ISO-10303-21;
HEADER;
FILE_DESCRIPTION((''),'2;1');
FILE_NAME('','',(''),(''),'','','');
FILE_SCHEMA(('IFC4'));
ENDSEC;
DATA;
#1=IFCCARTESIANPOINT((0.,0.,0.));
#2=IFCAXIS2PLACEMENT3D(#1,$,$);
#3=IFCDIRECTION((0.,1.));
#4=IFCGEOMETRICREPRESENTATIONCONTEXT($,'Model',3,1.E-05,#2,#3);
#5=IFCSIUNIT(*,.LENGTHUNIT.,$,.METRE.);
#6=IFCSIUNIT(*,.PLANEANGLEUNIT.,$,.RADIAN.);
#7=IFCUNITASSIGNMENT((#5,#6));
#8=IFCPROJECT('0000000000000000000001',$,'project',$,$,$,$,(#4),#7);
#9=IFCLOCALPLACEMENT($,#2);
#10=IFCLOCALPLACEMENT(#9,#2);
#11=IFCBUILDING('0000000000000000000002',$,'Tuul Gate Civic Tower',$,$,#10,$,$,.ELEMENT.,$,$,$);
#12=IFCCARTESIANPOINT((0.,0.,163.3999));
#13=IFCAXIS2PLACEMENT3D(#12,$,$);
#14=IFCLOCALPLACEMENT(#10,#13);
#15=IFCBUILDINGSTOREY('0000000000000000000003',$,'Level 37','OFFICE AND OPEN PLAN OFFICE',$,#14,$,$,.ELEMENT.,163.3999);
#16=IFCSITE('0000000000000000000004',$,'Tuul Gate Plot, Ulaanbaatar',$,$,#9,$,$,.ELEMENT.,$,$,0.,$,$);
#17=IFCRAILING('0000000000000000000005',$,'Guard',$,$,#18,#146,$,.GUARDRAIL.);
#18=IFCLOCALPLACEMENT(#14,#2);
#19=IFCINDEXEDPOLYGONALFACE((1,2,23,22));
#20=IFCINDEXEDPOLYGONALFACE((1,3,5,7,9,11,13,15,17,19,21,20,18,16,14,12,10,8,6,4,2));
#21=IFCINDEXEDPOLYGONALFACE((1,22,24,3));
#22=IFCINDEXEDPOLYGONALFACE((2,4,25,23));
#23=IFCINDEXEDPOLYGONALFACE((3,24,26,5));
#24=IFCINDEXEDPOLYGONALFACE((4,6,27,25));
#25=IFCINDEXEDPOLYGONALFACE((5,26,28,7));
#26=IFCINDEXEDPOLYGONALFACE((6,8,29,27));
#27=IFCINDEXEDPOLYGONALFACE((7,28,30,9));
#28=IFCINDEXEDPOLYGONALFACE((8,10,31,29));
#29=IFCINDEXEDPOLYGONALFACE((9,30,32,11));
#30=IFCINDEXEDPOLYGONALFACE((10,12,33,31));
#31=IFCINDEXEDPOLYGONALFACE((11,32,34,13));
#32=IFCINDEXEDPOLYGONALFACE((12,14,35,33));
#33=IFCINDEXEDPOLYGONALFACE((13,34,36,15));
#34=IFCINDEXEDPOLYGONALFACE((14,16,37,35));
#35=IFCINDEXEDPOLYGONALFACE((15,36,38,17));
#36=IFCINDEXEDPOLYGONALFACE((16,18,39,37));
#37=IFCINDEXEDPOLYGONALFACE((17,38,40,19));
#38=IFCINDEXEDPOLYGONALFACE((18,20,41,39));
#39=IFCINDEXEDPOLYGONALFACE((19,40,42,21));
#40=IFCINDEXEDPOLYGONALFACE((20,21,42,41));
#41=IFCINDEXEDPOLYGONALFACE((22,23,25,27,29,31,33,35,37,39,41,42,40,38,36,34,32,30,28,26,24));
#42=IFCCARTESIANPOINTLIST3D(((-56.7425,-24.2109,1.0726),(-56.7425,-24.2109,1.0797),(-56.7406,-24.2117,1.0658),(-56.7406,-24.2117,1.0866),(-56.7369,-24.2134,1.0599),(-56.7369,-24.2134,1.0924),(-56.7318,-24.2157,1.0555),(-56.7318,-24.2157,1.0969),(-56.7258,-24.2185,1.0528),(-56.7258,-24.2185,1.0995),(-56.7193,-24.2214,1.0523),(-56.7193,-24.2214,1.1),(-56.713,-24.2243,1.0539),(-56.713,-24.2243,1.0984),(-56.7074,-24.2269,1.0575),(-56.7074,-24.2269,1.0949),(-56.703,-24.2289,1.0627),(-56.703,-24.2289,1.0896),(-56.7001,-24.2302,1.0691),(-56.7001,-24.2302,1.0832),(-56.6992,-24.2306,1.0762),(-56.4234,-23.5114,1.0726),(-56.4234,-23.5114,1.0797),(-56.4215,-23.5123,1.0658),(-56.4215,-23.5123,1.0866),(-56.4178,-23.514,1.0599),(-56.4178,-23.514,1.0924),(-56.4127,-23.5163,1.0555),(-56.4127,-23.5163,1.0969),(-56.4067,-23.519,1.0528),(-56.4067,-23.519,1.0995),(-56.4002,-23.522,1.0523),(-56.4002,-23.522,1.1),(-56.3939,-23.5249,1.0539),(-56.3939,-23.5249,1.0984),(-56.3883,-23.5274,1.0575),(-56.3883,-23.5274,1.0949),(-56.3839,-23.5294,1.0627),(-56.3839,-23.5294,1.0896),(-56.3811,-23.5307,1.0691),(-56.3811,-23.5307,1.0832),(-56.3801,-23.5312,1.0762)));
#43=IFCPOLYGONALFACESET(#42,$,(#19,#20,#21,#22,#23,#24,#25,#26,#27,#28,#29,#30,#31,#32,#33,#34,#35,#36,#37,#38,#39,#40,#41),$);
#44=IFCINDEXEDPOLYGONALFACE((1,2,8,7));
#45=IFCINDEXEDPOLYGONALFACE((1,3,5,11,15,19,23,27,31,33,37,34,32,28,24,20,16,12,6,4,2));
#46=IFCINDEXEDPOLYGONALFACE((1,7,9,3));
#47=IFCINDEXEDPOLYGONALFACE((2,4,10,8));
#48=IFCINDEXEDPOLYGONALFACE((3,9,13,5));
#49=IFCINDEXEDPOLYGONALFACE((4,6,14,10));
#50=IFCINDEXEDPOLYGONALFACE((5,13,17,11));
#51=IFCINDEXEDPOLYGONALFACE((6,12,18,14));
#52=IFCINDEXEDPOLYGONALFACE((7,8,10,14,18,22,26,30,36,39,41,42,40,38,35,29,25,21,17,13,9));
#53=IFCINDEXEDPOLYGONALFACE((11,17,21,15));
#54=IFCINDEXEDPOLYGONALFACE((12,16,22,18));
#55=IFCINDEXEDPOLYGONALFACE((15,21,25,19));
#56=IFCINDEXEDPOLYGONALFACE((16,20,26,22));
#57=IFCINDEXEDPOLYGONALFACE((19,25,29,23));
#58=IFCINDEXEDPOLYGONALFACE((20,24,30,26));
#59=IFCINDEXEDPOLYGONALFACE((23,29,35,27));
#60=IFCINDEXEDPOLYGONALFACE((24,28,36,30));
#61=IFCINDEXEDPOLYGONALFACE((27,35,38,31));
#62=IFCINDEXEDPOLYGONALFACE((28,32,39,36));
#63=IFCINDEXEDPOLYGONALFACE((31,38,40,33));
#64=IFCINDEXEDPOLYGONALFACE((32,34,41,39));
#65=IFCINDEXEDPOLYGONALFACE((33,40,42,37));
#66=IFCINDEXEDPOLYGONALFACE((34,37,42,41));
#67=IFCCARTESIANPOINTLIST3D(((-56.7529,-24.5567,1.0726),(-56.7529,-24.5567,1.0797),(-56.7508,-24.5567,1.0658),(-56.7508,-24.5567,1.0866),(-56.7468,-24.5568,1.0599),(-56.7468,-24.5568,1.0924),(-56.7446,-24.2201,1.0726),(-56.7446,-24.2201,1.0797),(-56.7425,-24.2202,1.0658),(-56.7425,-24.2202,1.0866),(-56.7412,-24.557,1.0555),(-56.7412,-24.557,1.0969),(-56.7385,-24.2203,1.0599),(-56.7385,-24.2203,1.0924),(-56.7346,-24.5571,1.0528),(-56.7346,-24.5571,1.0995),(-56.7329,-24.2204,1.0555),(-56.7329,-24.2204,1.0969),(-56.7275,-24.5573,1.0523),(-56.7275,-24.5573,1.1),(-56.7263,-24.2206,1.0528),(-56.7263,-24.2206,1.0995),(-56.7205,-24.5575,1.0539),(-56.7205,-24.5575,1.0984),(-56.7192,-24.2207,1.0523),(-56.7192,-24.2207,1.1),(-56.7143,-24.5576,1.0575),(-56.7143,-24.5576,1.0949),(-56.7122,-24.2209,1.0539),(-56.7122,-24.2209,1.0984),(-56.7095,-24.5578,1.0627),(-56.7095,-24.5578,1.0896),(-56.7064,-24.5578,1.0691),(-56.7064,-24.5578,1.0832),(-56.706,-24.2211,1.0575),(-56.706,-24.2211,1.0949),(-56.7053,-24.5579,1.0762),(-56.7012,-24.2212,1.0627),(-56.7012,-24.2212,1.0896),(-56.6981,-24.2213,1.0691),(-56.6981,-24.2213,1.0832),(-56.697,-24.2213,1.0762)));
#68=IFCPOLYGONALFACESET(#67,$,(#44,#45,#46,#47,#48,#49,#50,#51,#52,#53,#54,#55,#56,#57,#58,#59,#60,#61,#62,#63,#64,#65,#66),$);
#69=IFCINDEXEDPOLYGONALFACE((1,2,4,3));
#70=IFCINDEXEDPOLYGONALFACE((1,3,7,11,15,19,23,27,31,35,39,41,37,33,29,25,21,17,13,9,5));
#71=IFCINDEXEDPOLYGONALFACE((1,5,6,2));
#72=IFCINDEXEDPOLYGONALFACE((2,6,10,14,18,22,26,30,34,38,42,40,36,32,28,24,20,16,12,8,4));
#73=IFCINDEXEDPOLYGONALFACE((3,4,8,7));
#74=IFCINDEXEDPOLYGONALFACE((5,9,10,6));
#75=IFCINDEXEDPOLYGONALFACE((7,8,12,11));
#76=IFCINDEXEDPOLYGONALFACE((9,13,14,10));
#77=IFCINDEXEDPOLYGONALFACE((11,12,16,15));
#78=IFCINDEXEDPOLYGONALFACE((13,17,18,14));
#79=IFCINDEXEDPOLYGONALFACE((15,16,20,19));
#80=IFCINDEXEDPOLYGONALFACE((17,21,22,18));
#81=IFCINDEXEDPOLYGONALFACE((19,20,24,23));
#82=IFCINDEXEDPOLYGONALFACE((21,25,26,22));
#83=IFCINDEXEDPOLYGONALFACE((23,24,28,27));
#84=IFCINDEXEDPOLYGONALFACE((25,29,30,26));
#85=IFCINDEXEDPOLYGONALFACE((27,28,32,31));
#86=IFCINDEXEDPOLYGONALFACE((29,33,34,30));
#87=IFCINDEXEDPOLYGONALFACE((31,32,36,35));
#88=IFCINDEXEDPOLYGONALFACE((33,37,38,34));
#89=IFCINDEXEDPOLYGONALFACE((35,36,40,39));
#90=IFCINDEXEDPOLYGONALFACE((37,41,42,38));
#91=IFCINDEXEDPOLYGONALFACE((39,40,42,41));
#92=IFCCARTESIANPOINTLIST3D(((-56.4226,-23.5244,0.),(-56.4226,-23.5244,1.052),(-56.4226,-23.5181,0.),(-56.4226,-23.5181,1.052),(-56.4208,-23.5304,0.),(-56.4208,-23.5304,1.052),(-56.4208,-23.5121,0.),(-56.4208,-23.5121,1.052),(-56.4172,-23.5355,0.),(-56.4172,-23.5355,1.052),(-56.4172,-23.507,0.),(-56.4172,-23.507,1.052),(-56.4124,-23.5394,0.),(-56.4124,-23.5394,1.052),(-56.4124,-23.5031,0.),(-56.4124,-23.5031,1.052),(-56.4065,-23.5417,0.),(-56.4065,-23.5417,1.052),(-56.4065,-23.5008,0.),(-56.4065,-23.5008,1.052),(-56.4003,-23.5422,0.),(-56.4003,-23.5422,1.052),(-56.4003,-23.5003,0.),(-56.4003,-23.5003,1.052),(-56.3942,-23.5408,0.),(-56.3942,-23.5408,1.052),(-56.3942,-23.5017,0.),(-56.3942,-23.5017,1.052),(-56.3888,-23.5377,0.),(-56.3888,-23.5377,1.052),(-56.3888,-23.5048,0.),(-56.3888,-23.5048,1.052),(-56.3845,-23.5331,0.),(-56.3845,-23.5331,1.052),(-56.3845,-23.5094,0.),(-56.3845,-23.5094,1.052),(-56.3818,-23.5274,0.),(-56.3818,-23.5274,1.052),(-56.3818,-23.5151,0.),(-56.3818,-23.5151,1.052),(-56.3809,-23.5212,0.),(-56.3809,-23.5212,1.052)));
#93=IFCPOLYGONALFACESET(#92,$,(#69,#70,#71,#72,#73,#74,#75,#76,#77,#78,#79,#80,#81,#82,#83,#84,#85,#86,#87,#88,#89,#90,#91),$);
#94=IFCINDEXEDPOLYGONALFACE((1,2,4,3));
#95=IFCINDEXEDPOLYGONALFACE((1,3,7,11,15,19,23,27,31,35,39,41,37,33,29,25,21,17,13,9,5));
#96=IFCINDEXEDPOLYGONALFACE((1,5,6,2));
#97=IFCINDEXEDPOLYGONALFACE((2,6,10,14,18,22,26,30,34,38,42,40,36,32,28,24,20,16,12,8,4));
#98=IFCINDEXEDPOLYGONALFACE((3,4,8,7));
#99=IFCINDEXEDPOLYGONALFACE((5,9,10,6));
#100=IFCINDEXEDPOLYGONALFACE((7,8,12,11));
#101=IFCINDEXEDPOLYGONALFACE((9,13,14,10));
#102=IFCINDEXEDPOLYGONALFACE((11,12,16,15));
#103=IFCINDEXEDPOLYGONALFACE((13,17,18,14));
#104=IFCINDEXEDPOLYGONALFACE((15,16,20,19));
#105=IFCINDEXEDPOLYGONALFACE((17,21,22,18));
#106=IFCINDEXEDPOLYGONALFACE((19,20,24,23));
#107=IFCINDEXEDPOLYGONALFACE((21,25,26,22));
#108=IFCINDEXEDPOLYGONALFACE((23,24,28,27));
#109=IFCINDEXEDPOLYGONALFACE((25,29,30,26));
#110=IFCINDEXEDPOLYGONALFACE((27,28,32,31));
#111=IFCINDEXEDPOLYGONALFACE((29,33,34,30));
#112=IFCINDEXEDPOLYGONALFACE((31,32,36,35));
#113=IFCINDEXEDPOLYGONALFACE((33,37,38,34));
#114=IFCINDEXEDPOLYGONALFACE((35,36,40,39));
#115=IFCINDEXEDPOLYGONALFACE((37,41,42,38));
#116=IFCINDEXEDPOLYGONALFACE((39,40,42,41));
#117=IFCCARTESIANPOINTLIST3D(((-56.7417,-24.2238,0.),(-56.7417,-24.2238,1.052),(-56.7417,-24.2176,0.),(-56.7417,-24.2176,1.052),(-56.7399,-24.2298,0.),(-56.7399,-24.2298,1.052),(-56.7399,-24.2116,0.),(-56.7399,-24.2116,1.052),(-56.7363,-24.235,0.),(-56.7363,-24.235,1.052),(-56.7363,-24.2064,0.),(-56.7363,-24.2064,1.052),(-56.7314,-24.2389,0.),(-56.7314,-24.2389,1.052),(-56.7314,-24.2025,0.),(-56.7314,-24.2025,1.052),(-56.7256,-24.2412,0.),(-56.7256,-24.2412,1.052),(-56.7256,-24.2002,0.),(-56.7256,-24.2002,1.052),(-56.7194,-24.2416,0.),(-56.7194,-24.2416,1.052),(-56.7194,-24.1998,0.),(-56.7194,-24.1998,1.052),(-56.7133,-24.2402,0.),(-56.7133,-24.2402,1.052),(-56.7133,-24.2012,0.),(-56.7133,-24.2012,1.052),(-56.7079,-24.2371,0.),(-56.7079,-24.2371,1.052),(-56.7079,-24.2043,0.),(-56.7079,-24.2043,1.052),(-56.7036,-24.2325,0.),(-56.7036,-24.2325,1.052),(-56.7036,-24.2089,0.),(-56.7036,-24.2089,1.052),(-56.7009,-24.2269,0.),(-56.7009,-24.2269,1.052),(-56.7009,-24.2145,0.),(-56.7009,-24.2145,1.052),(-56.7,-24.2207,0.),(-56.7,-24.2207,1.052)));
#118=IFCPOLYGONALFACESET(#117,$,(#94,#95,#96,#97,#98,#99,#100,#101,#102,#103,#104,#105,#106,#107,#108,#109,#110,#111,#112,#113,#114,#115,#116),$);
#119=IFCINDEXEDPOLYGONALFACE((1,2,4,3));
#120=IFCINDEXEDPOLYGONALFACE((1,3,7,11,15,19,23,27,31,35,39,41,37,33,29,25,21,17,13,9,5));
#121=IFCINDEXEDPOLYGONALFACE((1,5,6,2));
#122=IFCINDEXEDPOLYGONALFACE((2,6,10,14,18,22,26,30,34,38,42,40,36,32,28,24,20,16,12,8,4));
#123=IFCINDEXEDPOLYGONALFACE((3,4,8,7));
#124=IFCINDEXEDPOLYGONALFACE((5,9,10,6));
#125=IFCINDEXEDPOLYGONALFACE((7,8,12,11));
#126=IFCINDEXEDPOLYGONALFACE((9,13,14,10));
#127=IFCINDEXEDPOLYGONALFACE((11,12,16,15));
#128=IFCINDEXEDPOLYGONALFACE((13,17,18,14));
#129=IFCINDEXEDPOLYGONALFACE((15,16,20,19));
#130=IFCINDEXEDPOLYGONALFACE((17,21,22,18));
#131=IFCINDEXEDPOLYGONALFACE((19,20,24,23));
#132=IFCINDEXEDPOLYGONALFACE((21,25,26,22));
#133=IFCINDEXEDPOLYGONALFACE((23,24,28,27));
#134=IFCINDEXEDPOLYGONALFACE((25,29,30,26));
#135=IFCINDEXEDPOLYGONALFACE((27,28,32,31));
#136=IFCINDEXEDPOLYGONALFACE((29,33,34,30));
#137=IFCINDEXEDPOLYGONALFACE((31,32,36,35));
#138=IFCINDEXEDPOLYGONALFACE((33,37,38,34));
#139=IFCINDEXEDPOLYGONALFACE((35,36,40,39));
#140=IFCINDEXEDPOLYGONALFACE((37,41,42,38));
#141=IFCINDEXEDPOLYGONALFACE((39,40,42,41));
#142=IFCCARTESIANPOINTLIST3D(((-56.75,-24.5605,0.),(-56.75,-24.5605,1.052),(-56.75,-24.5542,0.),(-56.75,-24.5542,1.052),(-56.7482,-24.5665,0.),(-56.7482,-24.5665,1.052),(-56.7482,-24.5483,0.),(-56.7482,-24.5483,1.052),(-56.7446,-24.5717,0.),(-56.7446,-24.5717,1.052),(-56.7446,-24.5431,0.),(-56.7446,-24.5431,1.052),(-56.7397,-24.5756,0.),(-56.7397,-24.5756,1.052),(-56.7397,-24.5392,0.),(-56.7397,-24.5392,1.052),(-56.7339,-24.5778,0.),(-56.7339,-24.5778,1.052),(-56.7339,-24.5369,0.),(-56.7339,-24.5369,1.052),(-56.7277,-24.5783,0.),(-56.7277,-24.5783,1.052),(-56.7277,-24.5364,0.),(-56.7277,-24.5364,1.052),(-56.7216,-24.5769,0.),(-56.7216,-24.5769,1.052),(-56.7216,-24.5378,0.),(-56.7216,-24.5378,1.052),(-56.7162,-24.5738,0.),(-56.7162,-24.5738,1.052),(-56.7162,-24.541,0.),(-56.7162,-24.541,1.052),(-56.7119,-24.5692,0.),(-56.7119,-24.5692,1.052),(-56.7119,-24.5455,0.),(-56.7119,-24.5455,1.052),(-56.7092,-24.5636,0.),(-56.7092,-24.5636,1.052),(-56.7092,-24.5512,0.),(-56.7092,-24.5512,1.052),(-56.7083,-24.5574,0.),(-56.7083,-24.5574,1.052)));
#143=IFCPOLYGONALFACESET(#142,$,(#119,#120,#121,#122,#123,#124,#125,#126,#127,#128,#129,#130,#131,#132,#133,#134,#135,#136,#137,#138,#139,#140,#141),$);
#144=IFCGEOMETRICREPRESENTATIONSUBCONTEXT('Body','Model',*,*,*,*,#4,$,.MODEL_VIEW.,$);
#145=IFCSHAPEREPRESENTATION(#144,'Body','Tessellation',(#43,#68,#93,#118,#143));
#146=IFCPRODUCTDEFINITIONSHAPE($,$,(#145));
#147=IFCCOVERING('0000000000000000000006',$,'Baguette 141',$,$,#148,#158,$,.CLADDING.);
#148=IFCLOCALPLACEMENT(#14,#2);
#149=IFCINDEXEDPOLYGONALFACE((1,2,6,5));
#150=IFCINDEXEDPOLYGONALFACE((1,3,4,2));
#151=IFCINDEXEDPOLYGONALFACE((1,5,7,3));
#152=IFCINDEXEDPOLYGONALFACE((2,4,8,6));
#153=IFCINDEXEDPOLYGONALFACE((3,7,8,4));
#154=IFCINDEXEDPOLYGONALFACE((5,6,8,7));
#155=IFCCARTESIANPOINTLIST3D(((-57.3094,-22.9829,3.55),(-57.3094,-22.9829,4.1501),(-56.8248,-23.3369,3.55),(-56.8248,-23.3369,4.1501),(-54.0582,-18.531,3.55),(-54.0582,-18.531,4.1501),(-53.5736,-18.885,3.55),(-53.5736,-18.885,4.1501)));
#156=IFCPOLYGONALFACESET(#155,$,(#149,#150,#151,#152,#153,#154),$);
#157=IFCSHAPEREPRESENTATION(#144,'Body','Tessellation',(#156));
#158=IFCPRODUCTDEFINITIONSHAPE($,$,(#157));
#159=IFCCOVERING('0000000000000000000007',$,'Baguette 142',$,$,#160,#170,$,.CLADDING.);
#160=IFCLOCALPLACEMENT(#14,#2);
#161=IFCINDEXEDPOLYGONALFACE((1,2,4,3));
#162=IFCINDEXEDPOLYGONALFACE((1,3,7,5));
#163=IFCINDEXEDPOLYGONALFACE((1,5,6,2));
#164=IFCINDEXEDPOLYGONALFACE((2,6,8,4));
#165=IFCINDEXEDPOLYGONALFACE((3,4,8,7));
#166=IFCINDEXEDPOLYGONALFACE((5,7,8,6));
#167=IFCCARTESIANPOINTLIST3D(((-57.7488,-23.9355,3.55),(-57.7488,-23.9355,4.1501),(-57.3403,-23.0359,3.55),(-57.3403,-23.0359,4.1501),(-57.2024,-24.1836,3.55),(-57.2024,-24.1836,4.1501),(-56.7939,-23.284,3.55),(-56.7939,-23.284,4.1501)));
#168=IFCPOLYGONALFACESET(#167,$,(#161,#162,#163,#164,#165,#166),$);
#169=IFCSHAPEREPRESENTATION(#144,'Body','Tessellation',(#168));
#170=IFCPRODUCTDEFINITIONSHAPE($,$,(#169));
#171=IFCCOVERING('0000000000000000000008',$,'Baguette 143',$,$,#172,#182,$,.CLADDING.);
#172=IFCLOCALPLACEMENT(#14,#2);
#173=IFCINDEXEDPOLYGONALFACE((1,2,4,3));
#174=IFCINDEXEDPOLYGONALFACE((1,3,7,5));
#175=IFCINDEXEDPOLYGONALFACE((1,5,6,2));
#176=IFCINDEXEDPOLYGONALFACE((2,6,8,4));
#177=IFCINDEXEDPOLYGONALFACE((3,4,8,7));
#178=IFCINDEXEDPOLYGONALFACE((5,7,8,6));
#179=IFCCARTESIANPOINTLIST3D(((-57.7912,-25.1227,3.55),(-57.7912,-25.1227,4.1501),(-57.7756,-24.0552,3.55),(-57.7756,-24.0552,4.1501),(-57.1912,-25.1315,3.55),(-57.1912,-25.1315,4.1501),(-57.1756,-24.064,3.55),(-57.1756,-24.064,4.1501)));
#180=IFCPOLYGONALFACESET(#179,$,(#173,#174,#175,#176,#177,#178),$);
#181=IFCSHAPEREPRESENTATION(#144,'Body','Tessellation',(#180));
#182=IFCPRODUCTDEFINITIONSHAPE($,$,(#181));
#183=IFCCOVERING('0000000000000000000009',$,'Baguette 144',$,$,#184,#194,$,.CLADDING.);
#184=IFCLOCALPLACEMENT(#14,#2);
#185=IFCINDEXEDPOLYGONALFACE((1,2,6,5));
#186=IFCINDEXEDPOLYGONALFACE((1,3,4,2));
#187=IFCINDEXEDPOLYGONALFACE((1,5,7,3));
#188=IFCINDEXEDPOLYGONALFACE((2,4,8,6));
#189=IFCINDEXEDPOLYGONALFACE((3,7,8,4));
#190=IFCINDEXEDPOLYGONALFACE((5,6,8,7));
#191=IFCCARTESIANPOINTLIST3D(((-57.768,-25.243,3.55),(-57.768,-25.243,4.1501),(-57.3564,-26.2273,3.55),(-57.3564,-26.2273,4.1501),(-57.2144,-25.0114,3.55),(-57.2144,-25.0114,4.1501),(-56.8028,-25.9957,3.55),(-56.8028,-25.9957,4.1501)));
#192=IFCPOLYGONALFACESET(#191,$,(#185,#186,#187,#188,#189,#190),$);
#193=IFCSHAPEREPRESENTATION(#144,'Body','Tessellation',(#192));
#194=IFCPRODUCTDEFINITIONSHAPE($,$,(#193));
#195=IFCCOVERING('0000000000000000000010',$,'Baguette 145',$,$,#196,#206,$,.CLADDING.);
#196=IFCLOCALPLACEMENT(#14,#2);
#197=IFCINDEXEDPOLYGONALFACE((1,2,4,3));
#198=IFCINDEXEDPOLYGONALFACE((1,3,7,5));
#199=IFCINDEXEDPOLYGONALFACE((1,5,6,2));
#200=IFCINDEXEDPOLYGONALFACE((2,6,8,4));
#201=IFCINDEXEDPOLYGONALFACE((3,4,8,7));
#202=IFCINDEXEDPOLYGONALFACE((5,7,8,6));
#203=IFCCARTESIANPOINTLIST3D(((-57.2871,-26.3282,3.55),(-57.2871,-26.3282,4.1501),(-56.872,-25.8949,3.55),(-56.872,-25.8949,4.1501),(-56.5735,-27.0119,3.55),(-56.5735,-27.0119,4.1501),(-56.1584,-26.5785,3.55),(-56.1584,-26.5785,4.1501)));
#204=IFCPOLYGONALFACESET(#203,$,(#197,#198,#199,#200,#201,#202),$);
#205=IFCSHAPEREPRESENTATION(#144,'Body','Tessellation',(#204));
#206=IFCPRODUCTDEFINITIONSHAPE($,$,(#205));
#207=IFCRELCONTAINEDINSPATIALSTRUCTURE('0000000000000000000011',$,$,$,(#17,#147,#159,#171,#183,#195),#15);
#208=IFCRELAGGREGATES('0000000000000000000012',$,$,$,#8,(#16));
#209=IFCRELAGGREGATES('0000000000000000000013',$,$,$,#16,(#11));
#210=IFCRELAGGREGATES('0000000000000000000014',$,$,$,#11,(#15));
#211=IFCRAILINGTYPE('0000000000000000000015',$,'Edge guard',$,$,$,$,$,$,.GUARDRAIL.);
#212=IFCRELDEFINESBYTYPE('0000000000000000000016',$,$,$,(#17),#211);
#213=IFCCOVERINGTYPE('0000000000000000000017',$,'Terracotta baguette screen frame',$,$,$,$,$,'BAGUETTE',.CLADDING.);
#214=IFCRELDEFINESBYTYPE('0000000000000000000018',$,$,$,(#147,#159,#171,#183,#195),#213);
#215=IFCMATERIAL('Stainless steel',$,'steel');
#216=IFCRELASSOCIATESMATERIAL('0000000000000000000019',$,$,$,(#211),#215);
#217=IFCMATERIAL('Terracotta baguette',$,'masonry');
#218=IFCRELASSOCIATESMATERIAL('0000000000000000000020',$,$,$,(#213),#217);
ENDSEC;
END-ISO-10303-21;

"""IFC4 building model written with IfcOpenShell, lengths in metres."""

from ifc_helpers import new_model, si_unit, direction, frame, origin, origin_2d, place, context, subcontext, project, spatial, rectangle, circle, extrude, material, material_profile, profile_set, type_object, element, save


model = new_model("IFC4")

# Units and contexts
model_context = context("Model", 3, precision=1e-05, world=origin(), true_north=direction((0.0, 1.0)))
body_context = subcontext(model_context, "Body", "Model", "MODEL_VIEW")
ifc_project = project(units=[si_unit("LENGTHUNIT", "METRE"), si_unit("PLANEANGLEUNIT", "RADIAN")], contexts=[model_context])

# Site, building, storey
site_placement = place(None, origin())
site = spatial("IfcSite", under=ifc_project, at=site_placement, Name="Tuul Gate Plot, Ulaanbaatar", CompositionType="ELEMENT", RefElevation=0.0)
building_placement = place(site_placement, origin())
building = spatial("IfcBuilding", under=site, at=building_placement, Name="Tuul Gate Civic Tower", CompositionType="ELEMENT")
storey_placement = place(building_placement, frame((0.0, 0.0, 163.3999)))
storey = spatial("IfcBuildingStorey", under=building, at=storey_placement, Name="Level 37", Description="OFFICE AND OPEN PLAN OFFICE", CompositionType="ELEMENT", Elevation=163.3999)

# Railing
ifc_material_1 = material(Name="Stainless steel", Category="steel")
railing_type = type_object("IfcRailingType", Name="Edge guard", PredefinedType="GUARDRAIL", material=ifc_material_1)
railing_placement = place(storey_placement, frame((-56.4019, -23.5212, 0.0)))
element("IfcRailing", 1, at=railing_placement, inside=storey, type_object=railing_type, Name="Guard", PredefinedType="GUARDRAIL", context=body_context, shape_type="SweptSolid", body=[
    extrude(circle(Radius=0.0239, at=origin_2d()), frame((0.0, 0.0, 1.0762), z_axis=(-0.415047, -0.9098, 0.0), x_axis=(0.9098, -0.415047, 0.0)), (0.0, 0.0, 1.0), 0.7688),
    extrude(circle(Radius=0.0239, at=origin_2d()), frame((-0.3191, -0.6995, 1.0762), z_axis=(-0.024648, -0.999696, 0.0), x_axis=(0.999696, -0.024648, 0.0)), (0.0, 0.0, 1.0), 0.3367),
    extrude(circle(Radius=0.021, at=origin_2d()), origin(), (0.0, 0.0, 1.0), 1.052),
    extrude(circle(Radius=0.021, at=origin_2d()), frame((-0.3191, -0.6995, 0.0)), (0.0, 0.0, 1.0), 1.052),
    extrude(circle(Radius=0.021, at=origin_2d()), frame((-0.3274, -1.0361, 0.0)), (0.0, 0.0, 1.0), 1.052),
])

# Coverings
ifc_material_2 = material(Name="Terracotta baguette", Category="masonry")
ifc_material_profile_1 = material_profile(ifc_material_2, rectangle(XDim=0.6001, YDim=0.6001, at=origin_2d()), Name="Terracotta baguette screen frame")
ifc_profile_set_1 = profile_set([ifc_material_profile_1], Name="Terracotta baguette")
covering_type = type_object("IfcCoveringType", Name="Terracotta baguette screen frame", ElementType="BAGUETTE", PredefinedType="CLADDING", material=ifc_profile_set_1)
covering_1_placement = place(storey_placement, frame((-53.8159, -18.708, 3.8501), z_axis=(-0.589769, -0.807572, 0.0), x_axis=(0.807572, -0.589769, 0.0)))
element("IfcCovering", 2, at=covering_1_placement, inside=storey, type_object=covering_type, Name="Baguette 141", PredefinedType="CLADDING", context=body_context, shape_type="SweptSolid", body=[
    extrude(rectangle(XDim=0.6001, YDim=0.6001, at=origin_2d()), origin(), (0.0, 0.0, 1.0), 5.5127),
])
covering_2_placement = place(storey_placement, frame((-57.0671, -23.1599, 3.8501), z_axis=(-0.413393, -0.910553, 0.0), x_axis=(0.910553, -0.413393, 0.0)))
element("IfcCovering", 3, at=covering_2_placement, inside=storey, type_object=covering_type, Name="Baguette 142", PredefinedType="CLADDING", context=body_context, shape_type="SweptSolid", body=[
    extrude(rectangle(XDim=0.6001, YDim=0.6001, at=origin_2d()), origin(), (0.0, 0.0, 1.0), 0.988),
])
covering_3_placement = place(storey_placement, frame((-57.4756, -24.0596, 3.8501), z_axis=(-0.014634, -0.999893, 0.0), x_axis=(0.999893, -0.014634, 0.0)))
element("IfcCovering", 4, at=covering_3_placement, inside=storey, type_object=covering_type, Name="Baguette 143", PredefinedType="CLADDING", context=body_context, shape_type="SweptSolid", body=[
    extrude(rectangle(XDim=0.6001, YDim=0.6001, at=origin_2d()), origin(), (0.0, 0.0, 1.0), 1.0676),
])
covering_4_placement = place(storey_placement, frame((-57.4912, -25.1272, 3.8501), z_axis=(0.385785, -0.922589, 0.0), x_axis=(0.922589, 0.385785, 0.0)))
element("IfcCovering", 5, at=covering_4_placement, inside=storey, type_object=covering_type, Name="Baguette 144", PredefinedType="CLADDING", context=body_context, shape_type="SweptSolid", body=[
    extrude(rectangle(XDim=0.6001, YDim=0.6001, at=origin_2d()), origin(), (0.0, 0.0, 1.0), 1.0669),
])
covering_5_placement = place(storey_placement, frame((-57.0796, -26.1116, 3.8501), z_axis=(0.722137, -0.69175, 0.0), x_axis=(0.69175, 0.722137, 0.0)))
element("IfcCovering", 6, at=covering_5_placement, inside=storey, type_object=covering_type, Name="Baguette 145", PredefinedType="CLADDING", context=body_context, shape_type="SweptSolid", body=[
    extrude(rectangle(XDim=0.6001, YDim=0.6001, at=origin_2d()), origin(), (0.0, 0.0, 1.0), 0.9883),
])

save(model, "model.ifc")
